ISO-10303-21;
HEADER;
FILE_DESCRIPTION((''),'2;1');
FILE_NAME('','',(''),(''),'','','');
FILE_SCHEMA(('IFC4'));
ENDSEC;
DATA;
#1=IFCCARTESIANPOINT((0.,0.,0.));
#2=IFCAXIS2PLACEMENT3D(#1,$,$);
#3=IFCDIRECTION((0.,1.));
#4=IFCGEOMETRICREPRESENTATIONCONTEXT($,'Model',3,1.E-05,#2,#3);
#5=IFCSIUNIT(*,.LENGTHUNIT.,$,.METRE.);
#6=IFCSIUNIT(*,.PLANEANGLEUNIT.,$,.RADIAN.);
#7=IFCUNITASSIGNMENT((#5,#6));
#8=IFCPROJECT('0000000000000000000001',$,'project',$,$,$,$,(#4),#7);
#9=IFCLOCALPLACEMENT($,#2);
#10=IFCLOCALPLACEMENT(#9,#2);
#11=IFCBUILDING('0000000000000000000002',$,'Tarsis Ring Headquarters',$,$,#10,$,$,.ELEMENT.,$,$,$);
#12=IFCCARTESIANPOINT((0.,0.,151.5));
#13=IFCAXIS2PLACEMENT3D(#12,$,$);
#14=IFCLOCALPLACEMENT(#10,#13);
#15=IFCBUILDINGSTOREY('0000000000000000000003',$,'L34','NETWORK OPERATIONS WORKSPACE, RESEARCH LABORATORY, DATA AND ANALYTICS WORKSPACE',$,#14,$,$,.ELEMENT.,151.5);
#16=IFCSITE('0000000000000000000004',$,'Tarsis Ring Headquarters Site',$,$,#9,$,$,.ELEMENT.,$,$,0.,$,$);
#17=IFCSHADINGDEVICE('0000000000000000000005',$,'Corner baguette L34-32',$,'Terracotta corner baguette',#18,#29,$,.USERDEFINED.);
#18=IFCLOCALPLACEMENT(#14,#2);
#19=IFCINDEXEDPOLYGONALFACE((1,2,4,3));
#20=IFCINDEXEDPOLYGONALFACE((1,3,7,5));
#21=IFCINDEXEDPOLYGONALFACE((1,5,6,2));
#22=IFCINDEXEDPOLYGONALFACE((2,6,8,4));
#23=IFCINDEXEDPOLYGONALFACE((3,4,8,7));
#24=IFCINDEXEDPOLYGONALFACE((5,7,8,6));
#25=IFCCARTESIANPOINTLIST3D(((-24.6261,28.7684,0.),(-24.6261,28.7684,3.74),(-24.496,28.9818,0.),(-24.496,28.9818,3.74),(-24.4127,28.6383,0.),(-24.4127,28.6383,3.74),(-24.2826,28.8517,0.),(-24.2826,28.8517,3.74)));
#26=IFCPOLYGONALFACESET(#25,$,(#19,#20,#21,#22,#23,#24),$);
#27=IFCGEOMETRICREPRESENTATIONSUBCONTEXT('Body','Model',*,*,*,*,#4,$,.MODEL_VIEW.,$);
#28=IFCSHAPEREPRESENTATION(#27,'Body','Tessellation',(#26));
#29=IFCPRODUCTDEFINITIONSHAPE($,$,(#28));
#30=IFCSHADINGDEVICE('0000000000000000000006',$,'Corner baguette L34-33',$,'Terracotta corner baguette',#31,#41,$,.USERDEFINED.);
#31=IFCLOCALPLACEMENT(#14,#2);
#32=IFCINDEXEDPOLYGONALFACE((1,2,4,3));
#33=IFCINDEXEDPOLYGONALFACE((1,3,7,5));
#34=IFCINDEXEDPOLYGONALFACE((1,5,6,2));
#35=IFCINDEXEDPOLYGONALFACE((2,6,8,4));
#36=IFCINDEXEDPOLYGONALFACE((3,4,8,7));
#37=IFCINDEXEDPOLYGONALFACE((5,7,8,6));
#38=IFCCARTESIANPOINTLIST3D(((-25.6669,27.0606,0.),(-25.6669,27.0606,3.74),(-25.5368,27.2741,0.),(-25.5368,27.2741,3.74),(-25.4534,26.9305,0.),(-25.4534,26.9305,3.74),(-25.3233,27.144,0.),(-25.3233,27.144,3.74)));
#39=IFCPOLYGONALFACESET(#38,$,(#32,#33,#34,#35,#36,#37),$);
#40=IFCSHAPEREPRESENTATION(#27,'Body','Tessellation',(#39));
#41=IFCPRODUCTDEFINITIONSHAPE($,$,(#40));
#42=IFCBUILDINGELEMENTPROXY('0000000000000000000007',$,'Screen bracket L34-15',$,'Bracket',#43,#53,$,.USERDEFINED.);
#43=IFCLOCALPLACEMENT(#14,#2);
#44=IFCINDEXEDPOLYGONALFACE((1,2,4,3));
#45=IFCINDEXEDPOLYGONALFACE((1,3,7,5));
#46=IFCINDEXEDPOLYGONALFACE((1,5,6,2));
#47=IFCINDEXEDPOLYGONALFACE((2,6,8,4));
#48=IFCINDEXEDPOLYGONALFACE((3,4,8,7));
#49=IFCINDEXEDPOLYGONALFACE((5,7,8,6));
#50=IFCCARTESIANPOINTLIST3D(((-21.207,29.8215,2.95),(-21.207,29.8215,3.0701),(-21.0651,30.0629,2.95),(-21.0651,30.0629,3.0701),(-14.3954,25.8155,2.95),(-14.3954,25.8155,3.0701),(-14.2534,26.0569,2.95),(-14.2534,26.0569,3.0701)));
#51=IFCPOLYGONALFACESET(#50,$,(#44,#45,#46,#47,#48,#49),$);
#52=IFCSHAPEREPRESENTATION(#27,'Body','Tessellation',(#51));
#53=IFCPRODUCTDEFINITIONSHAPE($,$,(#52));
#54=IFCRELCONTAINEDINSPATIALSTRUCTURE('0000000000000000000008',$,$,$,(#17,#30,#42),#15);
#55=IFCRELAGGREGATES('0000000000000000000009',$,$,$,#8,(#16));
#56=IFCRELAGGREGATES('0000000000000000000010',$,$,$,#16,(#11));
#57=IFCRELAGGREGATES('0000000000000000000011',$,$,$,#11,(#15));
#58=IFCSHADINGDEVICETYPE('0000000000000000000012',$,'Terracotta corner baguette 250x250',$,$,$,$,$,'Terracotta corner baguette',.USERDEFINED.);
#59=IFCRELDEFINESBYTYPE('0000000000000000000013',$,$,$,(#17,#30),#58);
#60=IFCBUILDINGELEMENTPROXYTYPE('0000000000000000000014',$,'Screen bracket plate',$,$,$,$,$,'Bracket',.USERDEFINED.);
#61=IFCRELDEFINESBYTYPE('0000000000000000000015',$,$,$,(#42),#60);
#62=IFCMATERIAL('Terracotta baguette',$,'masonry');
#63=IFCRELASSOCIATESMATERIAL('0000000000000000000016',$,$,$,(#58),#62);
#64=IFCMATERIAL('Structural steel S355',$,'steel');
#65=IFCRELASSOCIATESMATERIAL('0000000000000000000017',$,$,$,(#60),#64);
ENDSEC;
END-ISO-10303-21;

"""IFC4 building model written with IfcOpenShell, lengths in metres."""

from ifc_helpers import new_model, si_unit, direction, frame, origin, origin_2d, place, context, subcontext, project, spatial, rectangle, extrude, material, type_object, element, save


model = new_model("IFC4")

# Units and contexts
model_context = context("Model", 3, precision=1e-05, world=origin(), true_north=direction((0.0, 1.0)))
body_context = subcontext(model_context, "Body", "Model", "MODEL_VIEW")
ifc_project = project(units=[si_unit("LENGTHUNIT", "METRE"), si_unit("PLANEANGLEUNIT", "RADIAN")], contexts=[model_context])

# Site, building, storey
site_placement = place(None, origin())
site = spatial("IfcSite", under=ifc_project, at=site_placement, Name="Tarsis Ring Headquarters Site", CompositionType="ELEMENT", RefElevation=0.0)
building_placement = place(site_placement, origin())
building = spatial("IfcBuilding", under=site, at=building_placement, Name="Tarsis Ring Headquarters", CompositionType="ELEMENT")
storey_placement = place(building_placement, frame((0.0, 0.0, 151.5)))
storey = spatial("IfcBuildingStorey", under=building, at=storey_placement, Name="L34", Description="NETWORK OPERATIONS WORKSPACE, RESEARCH LABORATORY, DATA AND ANALYTICS WORKSPACE", CompositionType="ELEMENT", Elevation=151.5)

# Shared definitions
ifc_material_1 = material(Name="Structural steel S355", Category="steel")

# Shading devices
ifc_material_2 = material(Name="Terracotta baguette", Category="masonry")
shading_device_type_1 = type_object("IfcShadingDeviceType", Name="Terracotta corner baguette 250x250", ElementType="Terracotta corner baguette", PredefinedType="USERDEFINED", material=ifc_material_2)
for number, where, z_axis, x_axis, name in (
    (1, (-24.4543, 28.8101, 0.0), (0.0, 0.0, 1.0), (-0.853914, 0.520414, 0.0), "Corner baguette L34-32"),
    (2, (-25.4951, 27.1023, 0.0), (0.0, 0.0, 1.0), (-0.520414, -0.853914, 0.0), "Corner baguette L34-33"),
):
    element("IfcShadingDevice", number, at=place(storey_placement, frame(where, z_axis=z_axis, x_axis=x_axis)), inside=storey, type_object=shading_device_type_1, Name=name, ObjectType="Terracotta corner baguette", PredefinedType="USERDEFINED", context=body_context, shape_type="SweptSolid", body=[
        extrude(rectangle(XDim=0.25, YDim=0.25, at=origin_2d()), origin(), (0.0, 0.0, 1.0), 3.74),
    ])

# Building element proxy
building_element_proxy_type = type_object("IfcBuildingElementProxyType", Name="Screen bracket plate", ElementType="Bracket", PredefinedType="USERDEFINED", material=ifc_material_1)
proxy_placement = place(storey_placement, frame((-17.7302, 27.9392, 2.95), z_axis=(0.0, 0.0, 1.0), x_axis=(-0.861983, 0.506937, 0.0)))
element("IfcBuildingElementProxy", 3, at=proxy_placement, inside=storey, type_object=building_element_proxy_type, Name="Screen bracket L34-15", ObjectType="Bracket", PredefinedType="USERDEFINED", context=body_context, shape_type="SweptSolid", body=[
    extrude(rectangle(XDim=7.9023, YDim=0.28, at=origin_2d()), origin(), (0.0, 0.0, 1.0), 0.1201),
])

save(model, "model.ifc")
